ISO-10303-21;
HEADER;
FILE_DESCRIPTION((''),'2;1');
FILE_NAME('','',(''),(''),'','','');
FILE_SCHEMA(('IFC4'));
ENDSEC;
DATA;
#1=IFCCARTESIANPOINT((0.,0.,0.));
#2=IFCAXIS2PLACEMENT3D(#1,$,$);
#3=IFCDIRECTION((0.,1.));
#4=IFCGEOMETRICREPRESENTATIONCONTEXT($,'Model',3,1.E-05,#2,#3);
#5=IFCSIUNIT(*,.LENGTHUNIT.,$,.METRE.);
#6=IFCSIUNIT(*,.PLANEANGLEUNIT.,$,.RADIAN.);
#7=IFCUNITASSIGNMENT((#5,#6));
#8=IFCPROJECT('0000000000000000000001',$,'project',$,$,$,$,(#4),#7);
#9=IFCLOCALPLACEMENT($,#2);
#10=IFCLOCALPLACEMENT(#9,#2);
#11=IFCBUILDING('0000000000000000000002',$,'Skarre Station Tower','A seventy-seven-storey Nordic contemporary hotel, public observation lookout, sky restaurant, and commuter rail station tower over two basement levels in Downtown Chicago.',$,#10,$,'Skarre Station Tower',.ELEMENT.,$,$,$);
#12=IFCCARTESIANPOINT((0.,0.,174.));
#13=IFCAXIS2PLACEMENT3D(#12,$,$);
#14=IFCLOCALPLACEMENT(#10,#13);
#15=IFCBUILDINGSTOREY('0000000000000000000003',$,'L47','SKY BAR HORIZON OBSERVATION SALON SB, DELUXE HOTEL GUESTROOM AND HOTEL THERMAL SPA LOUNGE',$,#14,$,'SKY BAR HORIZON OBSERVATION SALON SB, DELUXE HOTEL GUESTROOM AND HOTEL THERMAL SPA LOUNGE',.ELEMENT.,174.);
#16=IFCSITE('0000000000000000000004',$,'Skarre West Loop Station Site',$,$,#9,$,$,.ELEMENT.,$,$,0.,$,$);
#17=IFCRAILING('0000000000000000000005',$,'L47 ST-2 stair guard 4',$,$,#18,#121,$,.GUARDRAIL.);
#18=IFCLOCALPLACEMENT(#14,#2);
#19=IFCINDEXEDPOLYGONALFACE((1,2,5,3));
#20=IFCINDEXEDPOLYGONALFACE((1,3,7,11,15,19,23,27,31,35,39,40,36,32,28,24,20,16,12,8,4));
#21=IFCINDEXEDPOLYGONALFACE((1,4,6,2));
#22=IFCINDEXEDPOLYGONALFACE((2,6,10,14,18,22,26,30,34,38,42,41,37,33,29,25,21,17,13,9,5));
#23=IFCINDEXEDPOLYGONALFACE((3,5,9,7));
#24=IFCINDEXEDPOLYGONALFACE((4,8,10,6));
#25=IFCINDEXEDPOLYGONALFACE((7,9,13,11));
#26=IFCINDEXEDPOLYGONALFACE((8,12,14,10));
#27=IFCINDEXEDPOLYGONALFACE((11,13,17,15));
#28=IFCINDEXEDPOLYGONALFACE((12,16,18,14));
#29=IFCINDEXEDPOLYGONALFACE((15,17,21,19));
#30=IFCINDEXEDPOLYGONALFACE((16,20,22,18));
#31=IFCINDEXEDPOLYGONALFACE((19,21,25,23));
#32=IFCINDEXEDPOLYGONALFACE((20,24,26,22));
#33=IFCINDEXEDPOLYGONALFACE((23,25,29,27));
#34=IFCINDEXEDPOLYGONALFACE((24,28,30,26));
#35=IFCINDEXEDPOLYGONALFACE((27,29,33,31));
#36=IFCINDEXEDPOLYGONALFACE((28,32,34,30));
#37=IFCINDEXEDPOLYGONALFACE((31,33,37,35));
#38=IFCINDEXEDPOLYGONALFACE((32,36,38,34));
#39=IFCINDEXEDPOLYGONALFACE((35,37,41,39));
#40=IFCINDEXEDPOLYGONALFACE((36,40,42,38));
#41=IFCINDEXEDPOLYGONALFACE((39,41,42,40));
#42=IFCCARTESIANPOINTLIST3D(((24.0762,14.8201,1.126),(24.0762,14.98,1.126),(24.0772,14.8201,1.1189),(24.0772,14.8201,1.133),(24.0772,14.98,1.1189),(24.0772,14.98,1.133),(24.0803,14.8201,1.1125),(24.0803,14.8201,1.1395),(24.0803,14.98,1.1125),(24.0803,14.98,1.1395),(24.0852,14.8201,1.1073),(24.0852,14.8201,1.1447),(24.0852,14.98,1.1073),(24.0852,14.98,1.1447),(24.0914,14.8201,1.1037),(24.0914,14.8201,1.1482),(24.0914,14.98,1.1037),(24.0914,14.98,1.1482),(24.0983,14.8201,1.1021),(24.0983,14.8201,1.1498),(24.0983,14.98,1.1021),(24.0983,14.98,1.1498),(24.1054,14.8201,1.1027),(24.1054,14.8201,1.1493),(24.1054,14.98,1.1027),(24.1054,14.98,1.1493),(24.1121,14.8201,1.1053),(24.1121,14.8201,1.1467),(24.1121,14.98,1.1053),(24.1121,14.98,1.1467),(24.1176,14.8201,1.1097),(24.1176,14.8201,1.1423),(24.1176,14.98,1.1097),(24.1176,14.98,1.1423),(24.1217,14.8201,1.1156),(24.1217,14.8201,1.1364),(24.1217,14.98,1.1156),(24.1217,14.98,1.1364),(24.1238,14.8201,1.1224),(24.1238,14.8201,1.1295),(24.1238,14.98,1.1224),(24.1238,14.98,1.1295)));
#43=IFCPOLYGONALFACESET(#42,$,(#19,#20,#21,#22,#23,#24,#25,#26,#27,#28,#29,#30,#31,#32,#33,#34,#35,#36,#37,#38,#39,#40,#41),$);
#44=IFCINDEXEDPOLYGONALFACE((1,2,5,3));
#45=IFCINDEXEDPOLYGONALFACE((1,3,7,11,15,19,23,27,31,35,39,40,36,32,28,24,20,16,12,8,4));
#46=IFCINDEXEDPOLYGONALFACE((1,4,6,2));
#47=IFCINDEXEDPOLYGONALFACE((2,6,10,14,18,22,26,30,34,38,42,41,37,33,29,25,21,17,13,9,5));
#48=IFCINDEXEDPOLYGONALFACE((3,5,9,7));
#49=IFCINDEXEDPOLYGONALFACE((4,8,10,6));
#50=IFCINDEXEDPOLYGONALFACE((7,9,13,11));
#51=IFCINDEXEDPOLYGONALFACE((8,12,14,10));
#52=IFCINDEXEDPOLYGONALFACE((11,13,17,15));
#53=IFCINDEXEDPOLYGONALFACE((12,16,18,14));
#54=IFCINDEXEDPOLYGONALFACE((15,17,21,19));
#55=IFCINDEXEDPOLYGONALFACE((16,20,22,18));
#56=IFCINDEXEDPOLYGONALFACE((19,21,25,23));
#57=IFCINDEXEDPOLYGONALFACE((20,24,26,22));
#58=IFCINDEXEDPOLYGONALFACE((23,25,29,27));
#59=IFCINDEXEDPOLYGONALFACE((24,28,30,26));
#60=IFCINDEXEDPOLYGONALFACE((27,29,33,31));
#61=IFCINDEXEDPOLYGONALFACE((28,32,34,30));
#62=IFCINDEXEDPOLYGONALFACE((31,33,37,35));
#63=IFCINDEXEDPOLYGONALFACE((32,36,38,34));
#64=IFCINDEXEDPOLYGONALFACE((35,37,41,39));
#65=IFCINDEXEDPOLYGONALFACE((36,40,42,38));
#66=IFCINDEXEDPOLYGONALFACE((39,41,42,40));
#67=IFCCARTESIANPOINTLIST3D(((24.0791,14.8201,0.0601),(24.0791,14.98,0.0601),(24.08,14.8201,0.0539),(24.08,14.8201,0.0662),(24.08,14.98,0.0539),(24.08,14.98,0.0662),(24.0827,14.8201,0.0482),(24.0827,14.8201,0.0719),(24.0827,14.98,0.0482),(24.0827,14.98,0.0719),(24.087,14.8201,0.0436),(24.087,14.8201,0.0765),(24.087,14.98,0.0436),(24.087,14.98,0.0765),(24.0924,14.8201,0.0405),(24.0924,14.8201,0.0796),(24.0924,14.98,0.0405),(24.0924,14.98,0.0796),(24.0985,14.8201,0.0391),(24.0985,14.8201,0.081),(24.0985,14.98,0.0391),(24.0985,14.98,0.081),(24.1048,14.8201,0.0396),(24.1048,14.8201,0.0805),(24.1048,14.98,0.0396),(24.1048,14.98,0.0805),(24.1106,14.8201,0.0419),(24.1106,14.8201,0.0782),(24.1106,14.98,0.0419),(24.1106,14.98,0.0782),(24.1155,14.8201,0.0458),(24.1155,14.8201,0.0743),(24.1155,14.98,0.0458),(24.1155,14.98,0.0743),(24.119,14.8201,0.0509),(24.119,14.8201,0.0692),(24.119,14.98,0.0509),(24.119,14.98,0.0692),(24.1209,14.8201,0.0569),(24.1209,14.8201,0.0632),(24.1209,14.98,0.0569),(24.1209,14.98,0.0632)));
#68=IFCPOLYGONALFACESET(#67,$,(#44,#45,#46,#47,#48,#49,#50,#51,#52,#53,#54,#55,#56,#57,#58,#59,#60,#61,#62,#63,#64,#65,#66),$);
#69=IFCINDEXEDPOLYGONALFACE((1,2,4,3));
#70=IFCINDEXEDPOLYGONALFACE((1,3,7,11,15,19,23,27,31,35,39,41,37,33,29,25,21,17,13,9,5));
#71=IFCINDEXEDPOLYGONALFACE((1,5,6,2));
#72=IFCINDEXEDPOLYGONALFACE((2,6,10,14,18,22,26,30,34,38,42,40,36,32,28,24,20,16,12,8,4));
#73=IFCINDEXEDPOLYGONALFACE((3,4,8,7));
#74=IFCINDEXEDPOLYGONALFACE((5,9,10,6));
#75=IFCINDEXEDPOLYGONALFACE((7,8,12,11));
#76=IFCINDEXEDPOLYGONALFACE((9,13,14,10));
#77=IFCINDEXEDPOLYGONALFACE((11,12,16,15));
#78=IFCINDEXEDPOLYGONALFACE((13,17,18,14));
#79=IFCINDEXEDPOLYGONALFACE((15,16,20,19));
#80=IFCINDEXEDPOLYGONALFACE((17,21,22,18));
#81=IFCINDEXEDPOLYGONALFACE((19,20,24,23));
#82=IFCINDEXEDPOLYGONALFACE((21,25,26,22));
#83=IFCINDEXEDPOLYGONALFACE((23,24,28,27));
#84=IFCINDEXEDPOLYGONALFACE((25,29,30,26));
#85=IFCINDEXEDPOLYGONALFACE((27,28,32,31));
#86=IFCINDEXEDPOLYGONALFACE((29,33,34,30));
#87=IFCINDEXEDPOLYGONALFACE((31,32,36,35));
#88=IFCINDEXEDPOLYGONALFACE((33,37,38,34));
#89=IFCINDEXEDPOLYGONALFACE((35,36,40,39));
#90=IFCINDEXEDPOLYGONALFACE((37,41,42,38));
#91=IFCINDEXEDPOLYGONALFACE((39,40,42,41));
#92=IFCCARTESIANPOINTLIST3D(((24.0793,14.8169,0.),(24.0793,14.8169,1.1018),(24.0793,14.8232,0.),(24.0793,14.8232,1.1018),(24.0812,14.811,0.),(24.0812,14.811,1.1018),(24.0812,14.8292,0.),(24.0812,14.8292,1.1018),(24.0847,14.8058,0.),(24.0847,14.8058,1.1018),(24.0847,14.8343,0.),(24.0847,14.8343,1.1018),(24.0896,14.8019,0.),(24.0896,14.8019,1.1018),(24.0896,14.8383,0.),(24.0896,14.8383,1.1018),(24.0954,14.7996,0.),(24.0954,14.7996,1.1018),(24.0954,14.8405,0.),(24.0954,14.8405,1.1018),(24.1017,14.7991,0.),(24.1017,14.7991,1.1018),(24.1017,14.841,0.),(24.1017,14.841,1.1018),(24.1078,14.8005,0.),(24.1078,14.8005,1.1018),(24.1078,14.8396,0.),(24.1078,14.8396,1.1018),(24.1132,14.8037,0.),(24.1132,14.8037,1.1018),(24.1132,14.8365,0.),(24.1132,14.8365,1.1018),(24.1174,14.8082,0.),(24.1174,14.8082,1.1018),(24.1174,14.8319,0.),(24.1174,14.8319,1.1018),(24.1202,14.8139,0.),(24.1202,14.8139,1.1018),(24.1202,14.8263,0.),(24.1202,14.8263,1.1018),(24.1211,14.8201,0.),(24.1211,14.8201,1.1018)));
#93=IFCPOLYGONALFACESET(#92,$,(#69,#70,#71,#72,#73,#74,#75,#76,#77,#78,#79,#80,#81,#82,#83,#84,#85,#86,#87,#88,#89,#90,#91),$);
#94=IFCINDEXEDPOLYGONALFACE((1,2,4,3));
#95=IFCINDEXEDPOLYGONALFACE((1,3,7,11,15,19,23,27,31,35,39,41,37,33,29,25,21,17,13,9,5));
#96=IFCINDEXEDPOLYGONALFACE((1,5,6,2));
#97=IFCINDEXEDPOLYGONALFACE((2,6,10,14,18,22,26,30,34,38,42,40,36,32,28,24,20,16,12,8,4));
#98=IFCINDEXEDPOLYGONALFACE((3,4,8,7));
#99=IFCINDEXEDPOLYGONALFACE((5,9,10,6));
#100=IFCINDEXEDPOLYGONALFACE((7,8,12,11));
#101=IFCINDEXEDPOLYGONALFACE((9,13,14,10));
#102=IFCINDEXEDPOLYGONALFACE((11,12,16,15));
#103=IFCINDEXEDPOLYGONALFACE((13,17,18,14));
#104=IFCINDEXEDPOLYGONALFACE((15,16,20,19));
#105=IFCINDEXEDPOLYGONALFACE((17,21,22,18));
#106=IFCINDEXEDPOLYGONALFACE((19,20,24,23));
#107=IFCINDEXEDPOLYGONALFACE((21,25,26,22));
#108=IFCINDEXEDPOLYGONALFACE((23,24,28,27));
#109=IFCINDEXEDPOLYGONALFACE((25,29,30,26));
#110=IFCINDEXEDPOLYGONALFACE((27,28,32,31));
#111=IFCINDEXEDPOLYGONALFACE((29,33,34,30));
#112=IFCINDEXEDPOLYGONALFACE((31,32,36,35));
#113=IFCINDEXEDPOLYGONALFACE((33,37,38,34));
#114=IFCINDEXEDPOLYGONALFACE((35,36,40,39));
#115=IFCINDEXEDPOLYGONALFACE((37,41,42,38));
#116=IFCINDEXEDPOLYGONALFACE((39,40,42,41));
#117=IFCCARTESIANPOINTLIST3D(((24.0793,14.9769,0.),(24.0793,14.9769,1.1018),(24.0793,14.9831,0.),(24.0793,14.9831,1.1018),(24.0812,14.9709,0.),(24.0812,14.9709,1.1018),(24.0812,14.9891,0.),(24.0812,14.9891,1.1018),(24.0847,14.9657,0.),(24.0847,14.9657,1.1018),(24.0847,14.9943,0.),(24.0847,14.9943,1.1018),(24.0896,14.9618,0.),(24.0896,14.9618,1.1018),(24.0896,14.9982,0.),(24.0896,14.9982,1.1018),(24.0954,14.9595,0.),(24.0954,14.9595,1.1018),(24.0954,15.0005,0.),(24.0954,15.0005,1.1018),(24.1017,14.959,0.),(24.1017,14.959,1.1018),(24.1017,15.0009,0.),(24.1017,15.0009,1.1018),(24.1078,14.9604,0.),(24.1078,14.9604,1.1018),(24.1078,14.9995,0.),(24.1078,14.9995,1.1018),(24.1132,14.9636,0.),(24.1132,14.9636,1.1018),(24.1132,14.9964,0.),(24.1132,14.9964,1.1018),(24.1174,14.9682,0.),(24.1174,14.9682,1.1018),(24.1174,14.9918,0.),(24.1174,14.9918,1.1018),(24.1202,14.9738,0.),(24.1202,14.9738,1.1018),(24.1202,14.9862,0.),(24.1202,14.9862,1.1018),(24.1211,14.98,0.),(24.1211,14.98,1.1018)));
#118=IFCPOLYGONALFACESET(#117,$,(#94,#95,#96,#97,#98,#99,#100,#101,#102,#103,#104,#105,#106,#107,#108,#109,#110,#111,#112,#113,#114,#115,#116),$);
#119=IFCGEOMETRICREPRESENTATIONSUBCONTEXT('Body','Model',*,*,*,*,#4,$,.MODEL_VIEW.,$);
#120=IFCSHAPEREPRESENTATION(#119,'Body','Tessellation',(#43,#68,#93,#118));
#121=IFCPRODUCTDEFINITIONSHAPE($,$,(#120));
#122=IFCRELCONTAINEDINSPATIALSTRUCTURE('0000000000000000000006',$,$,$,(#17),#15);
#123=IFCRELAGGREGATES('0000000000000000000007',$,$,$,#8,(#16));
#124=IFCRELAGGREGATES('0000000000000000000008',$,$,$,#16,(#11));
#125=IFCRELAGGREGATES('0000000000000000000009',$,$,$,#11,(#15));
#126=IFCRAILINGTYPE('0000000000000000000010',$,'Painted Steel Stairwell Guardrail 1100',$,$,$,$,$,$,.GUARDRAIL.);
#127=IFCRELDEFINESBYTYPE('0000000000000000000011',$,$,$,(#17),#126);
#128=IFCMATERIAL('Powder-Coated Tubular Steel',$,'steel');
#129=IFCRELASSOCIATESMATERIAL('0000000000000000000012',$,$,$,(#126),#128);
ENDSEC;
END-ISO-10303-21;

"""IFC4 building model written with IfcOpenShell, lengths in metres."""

from ifc_helpers import new_model, si_unit, direction, frame, origin, origin_2d, place, context, subcontext, project, spatial, circle, extrude, material, type_object, element, save


model = new_model("IFC4")

# Units and contexts
model_context = context("Model", 3, precision=1e-05, world=origin(), true_north=direction((0.0, 1.0)))
body_context = subcontext(model_context, "Body", "Model", "MODEL_VIEW")
ifc_project = project(units=[si_unit("LENGTHUNIT", "METRE"), si_unit("PLANEANGLEUNIT", "RADIAN")], contexts=[model_context])

# Site, building, storey
site_placement = place(None, origin())
site = spatial("IfcSite", under=ifc_project, at=site_placement, Name="Skarre West Loop Station Site", CompositionType="ELEMENT", RefElevation=0.0)
building_placement = place(site_placement, origin())
building = spatial("IfcBuilding", under=site, at=building_placement, Name="Skarre Station Tower", Description="A seventy-seven-storey Nordic contemporary hotel, public observation lookout, sky restaurant, and commuter rail station tower over two basement levels in Downtown Chicago.", LongName="Skarre Station Tower", CompositionType="ELEMENT")
storey_placement = place(building_placement, frame((0.0, 0.0, 174.0)))
storey = spatial("IfcBuildingStorey", under=building, at=storey_placement, Name="L47", Description="SKY BAR HORIZON OBSERVATION SALON SB, DELUXE HOTEL GUESTROOM AND HOTEL THERMAL SPA LOUNGE", LongName="SKY BAR HORIZON OBSERVATION SALON SB, DELUXE HOTEL GUESTROOM AND HOTEL THERMAL SPA LOUNGE", CompositionType="ELEMENT", Elevation=174.0)

# Railing
ifc_material_1 = material(Name="Powder-Coated Tubular Steel", Category="steel")
railing_type_1 = type_object("IfcRailingType", Name="Painted Steel Stairwell Guardrail 1100", PredefinedType="GUARDRAIL", material=ifc_material_1)
railing_1_placement = place(storey_placement, frame((24.1001, 14.8201, 0.0)))
element("IfcRailing", 1, at=railing_1_placement, inside=storey, type_object=railing_type_1, Name="L47 ST-2 stair guard 4", PredefinedType="GUARDRAIL", context=body_context, shape_type="SweptSolid", body=[
    extrude(circle(Radius=0.0239, at=origin_2d()), frame((0.0, 0.0, 1.126), z_axis=(0.0, 1.0, 0.0), x_axis=(-1.0, 0.0, 0.0)), (0.0, 0.0, 1.0), 0.1599),
    extrude(circle(Radius=0.021, at=origin_2d()), frame((0.0, 0.0, 0.0601), z_axis=(0.0, 1.0, 0.0), x_axis=(-1.0, 0.0, 0.0)), (0.0, 0.0, 1.0), 0.1599),
    extrude(circle(Radius=0.021, at=origin_2d()), origin(), (0.0, 0.0, 1.0), 1.1018),
    extrude(circle(Radius=0.021, at=origin_2d()), frame((0.0, 0.1599, 0.0)), (0.0, 0.0, 1.0), 1.1018),
])

save(model, "model.ifc")
